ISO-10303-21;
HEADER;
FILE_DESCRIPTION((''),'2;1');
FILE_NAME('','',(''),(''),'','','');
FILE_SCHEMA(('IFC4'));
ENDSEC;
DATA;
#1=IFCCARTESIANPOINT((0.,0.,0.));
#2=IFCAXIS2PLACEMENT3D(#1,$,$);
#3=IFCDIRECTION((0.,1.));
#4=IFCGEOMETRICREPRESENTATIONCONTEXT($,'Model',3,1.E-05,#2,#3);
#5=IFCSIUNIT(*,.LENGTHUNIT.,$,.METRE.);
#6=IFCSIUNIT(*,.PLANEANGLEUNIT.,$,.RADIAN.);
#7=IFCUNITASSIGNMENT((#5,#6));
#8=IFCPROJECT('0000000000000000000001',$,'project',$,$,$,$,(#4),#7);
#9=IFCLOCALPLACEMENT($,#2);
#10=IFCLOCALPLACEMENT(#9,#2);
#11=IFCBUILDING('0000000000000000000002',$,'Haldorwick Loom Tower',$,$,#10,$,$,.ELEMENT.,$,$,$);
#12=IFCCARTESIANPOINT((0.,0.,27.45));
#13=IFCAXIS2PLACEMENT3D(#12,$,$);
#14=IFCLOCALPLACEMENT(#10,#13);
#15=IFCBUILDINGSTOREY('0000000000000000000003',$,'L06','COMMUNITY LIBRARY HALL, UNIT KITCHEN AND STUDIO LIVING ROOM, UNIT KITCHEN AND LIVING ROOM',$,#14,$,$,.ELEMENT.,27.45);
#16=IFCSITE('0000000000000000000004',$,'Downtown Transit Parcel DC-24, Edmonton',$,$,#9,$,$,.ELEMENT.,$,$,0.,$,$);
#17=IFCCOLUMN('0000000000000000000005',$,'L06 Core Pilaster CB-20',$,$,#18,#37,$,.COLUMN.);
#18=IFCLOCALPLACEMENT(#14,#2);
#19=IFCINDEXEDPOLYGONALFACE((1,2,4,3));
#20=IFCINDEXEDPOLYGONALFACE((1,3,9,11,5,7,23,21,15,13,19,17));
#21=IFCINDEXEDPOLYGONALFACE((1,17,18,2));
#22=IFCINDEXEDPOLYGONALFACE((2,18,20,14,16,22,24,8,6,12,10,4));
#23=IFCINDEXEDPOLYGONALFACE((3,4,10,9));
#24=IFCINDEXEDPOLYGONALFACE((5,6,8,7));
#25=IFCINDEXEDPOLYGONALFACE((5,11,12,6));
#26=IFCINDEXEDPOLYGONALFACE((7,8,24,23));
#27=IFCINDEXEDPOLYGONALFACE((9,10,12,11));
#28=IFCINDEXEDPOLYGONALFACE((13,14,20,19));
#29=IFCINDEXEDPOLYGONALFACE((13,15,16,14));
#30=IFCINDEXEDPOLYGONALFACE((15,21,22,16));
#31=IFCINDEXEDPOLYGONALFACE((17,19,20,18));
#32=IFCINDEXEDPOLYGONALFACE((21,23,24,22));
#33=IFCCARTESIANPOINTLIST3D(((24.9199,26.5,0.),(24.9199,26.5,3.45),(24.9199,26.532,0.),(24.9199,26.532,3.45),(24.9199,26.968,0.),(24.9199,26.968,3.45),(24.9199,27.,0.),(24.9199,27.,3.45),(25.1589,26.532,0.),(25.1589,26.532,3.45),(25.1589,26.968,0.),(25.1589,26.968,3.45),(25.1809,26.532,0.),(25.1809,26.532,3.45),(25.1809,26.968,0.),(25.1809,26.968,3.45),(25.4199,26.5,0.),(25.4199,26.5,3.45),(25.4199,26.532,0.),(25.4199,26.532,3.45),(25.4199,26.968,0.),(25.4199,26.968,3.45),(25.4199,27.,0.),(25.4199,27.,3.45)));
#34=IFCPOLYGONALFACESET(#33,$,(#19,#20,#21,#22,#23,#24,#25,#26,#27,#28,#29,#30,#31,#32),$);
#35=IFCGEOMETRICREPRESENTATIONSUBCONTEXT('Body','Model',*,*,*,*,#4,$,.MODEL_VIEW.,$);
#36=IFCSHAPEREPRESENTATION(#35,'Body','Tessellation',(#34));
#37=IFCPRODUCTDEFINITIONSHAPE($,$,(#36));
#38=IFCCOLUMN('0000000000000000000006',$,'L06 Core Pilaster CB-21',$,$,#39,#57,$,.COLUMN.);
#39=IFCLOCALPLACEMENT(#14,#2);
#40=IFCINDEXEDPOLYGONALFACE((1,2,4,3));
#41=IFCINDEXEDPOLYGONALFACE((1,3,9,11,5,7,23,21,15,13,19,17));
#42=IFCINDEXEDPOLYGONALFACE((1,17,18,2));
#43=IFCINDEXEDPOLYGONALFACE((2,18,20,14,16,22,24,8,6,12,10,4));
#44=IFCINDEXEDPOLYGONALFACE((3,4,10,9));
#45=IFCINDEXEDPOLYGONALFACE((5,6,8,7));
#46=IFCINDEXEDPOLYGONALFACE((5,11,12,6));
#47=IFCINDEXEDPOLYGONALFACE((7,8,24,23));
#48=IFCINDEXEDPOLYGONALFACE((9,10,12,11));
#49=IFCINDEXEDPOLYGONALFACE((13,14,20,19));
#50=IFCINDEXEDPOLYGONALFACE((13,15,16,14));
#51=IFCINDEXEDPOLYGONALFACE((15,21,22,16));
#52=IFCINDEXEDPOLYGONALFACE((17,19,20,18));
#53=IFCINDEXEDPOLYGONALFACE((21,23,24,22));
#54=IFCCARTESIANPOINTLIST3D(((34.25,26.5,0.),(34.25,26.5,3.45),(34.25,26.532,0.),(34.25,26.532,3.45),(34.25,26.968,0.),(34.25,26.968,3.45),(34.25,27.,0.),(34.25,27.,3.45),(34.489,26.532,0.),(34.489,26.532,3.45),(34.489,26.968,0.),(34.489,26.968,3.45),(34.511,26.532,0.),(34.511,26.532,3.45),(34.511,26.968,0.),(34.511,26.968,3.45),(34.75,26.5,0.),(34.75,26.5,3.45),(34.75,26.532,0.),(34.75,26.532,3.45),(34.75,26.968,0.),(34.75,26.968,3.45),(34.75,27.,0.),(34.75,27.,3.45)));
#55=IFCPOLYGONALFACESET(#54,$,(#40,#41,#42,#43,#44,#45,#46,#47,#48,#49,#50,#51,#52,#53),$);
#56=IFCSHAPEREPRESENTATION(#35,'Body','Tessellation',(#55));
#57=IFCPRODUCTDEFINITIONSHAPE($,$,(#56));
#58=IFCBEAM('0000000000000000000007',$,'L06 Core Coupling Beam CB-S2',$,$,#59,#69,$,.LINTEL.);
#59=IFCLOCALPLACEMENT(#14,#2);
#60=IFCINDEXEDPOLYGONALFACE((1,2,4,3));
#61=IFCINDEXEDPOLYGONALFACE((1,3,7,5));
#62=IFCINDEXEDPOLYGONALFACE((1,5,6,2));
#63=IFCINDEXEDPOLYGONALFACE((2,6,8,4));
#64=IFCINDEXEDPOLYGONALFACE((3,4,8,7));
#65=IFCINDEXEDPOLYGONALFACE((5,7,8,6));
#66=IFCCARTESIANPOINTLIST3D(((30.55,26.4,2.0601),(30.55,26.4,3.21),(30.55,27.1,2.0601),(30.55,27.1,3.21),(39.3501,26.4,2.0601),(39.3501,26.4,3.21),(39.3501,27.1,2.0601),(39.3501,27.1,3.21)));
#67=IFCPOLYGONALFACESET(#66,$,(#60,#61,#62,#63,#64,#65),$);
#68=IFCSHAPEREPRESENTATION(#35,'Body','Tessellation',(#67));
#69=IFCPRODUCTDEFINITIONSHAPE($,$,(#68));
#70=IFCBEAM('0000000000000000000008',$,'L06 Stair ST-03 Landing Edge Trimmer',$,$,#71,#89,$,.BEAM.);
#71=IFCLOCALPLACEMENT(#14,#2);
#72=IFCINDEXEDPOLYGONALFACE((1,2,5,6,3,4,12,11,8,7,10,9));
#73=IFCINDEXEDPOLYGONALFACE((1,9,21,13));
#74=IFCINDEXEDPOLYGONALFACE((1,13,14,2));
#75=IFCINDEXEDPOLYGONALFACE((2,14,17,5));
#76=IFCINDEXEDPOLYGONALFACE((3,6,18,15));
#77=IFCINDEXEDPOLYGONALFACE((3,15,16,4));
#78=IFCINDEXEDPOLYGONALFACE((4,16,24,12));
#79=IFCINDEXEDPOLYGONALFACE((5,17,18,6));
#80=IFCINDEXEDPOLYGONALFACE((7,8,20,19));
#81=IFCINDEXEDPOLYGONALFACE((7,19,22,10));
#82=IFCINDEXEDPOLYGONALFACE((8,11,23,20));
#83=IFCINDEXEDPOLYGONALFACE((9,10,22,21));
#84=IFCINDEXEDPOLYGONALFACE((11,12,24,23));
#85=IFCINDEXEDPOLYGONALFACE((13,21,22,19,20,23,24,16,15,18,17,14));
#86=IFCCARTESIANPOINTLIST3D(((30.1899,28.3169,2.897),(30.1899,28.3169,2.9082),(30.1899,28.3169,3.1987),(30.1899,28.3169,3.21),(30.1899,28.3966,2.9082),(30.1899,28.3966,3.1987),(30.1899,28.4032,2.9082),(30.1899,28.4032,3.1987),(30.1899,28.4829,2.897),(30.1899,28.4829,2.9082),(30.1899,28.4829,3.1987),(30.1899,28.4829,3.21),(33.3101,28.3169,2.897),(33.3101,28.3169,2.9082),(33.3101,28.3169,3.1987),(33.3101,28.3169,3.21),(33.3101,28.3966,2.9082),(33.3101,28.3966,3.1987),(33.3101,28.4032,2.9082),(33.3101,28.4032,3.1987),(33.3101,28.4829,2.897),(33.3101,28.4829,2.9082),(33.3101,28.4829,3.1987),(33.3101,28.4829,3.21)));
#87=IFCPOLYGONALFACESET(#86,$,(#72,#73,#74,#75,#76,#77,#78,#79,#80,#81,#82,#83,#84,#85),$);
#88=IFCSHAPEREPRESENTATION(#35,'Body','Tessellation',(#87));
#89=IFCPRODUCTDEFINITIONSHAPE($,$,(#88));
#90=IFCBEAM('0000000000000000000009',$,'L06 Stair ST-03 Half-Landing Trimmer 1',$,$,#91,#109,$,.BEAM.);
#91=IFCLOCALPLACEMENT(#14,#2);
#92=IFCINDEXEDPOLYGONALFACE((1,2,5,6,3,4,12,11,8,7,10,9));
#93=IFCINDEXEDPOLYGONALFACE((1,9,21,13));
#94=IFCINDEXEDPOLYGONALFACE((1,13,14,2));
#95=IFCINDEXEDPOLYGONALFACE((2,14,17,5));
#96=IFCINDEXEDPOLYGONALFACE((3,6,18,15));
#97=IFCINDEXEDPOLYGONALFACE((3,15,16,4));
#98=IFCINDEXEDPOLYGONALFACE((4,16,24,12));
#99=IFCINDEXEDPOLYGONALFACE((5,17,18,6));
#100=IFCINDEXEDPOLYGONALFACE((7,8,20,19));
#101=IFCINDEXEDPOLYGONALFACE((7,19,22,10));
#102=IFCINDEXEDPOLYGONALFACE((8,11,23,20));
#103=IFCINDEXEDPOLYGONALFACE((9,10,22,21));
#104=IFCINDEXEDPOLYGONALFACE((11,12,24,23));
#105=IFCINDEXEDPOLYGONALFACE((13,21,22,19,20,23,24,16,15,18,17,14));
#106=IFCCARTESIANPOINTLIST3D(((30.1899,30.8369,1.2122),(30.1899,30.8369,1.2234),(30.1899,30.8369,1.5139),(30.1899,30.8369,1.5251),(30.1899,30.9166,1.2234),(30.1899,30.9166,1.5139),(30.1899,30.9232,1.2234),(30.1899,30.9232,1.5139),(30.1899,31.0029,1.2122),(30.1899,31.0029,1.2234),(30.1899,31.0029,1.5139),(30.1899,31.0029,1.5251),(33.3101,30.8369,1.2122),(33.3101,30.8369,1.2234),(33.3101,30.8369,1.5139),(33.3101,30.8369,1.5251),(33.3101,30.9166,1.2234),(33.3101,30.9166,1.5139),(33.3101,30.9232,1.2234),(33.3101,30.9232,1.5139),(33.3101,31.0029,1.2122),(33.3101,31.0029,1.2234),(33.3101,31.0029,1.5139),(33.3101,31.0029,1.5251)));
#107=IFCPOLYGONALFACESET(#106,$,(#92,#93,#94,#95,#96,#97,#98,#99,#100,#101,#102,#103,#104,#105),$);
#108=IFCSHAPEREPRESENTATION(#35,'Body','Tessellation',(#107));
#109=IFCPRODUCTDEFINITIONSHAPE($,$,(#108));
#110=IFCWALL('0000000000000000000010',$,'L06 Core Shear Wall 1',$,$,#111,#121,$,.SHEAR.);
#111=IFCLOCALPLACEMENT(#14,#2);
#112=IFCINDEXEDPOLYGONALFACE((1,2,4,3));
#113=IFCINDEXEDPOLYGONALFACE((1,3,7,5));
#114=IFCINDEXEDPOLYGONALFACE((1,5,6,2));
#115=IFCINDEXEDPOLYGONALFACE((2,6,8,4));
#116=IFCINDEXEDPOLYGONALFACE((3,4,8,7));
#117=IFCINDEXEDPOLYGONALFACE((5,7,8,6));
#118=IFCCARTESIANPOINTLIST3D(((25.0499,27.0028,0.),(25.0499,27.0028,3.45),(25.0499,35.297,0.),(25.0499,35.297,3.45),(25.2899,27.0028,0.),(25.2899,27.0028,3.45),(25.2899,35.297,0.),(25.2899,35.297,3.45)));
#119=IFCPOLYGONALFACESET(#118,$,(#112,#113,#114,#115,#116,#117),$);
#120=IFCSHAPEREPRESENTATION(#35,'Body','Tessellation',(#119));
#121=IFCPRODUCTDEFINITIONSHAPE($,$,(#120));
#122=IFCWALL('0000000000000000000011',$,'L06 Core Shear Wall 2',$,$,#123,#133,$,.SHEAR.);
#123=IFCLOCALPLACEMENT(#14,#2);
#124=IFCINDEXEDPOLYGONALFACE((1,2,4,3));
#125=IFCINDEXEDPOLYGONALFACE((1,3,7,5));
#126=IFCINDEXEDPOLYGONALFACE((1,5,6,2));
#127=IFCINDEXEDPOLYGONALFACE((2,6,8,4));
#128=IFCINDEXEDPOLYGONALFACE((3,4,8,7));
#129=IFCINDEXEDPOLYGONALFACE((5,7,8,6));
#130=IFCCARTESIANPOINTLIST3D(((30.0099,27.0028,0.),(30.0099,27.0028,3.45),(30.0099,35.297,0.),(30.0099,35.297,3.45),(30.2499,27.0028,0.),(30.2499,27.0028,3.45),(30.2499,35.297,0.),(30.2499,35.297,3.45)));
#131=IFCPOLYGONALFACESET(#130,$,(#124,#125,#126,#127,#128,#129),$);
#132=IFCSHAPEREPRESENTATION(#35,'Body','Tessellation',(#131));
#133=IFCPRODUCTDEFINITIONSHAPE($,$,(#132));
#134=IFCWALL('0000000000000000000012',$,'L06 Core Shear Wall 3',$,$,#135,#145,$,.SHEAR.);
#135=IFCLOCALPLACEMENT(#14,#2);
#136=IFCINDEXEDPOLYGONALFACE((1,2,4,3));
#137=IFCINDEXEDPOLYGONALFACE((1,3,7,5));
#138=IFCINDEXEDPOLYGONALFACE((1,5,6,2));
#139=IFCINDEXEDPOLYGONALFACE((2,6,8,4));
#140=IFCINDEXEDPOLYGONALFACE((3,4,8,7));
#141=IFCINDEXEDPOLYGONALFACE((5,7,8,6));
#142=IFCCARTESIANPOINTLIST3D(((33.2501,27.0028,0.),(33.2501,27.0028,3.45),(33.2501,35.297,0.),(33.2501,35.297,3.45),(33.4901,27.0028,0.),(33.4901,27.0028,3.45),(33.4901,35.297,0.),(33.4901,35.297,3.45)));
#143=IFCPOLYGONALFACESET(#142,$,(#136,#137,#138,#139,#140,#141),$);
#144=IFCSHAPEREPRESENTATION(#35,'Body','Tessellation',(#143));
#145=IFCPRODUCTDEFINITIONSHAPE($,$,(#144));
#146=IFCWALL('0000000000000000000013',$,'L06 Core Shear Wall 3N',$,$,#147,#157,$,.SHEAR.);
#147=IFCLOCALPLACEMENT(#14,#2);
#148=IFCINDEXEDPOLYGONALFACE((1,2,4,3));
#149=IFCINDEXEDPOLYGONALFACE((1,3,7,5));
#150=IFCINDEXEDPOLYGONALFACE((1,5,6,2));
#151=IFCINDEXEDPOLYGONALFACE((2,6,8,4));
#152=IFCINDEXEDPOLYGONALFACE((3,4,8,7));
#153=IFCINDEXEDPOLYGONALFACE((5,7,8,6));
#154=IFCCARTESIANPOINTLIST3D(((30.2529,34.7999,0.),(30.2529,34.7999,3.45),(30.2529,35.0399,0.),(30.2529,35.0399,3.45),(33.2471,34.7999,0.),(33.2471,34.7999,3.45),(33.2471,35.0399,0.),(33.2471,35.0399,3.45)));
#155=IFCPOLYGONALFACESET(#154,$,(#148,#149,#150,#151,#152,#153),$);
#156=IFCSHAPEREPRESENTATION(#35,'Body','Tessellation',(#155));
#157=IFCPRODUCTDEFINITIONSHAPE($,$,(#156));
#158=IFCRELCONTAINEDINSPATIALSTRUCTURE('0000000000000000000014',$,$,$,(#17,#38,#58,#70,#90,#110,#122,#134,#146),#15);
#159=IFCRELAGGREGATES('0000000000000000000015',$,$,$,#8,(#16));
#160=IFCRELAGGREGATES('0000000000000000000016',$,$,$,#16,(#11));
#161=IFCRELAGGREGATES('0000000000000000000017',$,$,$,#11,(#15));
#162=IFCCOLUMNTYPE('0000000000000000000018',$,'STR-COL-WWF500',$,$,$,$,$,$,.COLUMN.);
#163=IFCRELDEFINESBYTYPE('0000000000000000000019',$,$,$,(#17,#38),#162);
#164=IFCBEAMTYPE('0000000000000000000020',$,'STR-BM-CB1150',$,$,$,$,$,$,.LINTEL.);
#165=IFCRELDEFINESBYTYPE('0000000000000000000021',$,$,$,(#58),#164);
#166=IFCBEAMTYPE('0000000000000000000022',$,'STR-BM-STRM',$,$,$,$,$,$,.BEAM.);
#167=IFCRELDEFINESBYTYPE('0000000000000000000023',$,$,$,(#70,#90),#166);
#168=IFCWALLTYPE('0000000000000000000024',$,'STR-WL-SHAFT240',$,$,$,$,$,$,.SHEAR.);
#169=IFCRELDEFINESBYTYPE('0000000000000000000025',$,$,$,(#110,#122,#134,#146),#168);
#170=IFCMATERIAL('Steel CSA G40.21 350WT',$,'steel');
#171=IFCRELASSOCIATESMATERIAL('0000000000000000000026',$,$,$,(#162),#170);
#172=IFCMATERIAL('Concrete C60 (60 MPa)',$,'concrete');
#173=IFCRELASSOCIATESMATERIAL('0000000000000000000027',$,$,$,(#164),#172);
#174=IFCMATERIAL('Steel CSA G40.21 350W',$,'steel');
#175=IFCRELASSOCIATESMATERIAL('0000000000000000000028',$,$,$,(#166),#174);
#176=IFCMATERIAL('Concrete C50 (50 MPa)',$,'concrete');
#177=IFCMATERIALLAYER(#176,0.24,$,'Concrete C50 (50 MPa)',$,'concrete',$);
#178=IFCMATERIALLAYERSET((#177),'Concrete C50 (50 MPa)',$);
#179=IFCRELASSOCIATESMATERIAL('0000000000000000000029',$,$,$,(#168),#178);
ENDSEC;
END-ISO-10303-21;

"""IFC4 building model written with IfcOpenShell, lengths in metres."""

from ifc_helpers import new_model, si_unit, direction, frame, frame_2d, origin, origin_2d, place, context, subcontext, project, spatial, rectangle, i_section, extrude, material, layer, layer_set, material_profile, profile_set, type_object, element, save


model = new_model("IFC4")

# Units and contexts
model_context = context("Model", 3, precision=1e-05, world=origin(), true_north=direction((0.0, 1.0)))
body_context = subcontext(model_context, "Body", "Model", "MODEL_VIEW")
ifc_project = project(units=[si_unit("LENGTHUNIT", "METRE"), si_unit("PLANEANGLEUNIT", "RADIAN")], contexts=[model_context])

# Site, building, storey
site_placement = place(None, origin())
site = spatial("IfcSite", under=ifc_project, at=site_placement, Name="Downtown Transit Parcel DC-24, Edmonton", CompositionType="ELEMENT", RefElevation=0.0)
building_placement = place(site_placement, origin())
building = spatial("IfcBuilding", under=site, at=building_placement, Name="Haldorwick Loom Tower", CompositionType="ELEMENT")
storey_placement = place(building_placement, frame((0.0, 0.0, 27.45)))
storey = spatial("IfcBuildingStorey", under=building, at=storey_placement, Name="L06", Description="COMMUNITY LIBRARY HALL, UNIT KITCHEN AND STUDIO LIVING ROOM, UNIT KITCHEN AND LIVING ROOM", CompositionType="ELEMENT", Elevation=27.45)

# Columns
ifc_material_1 = material(Name="Steel CSA G40.21 350WT", Category="steel")
ifc_material_profile_1 = material_profile(ifc_material_1, i_section(OverallWidth=0.5, OverallDepth=0.5, WebThickness=0.022, FlangeThickness=0.032, at=origin_2d()), Name="WWF500X500", Category="steel")
ifc_profile_set_1 = profile_set([ifc_material_profile_1], Name="Steel CSA G40.21 350WT")
column_type = type_object("IfcColumnType", Name="STR-COL-WWF500", PredefinedType="COLUMN", material=ifc_profile_set_1)
for number, where, z_axis, x_axis, name in (
    (1, (25.1699, 26.75, 0.0), (0.0, 0.0, 1.0), (1.0, 0.0, 0.0), "L06 Core Pilaster CB-20"),
    (2, (34.5, 26.75, 0.0), (0.0, 0.0, 1.0), (1.0, 0.0, 0.0), "L06 Core Pilaster CB-21"),
):
    element("IfcColumn", number, at=place(storey_placement, frame(where, z_axis=z_axis, x_axis=x_axis)), inside=storey, type_object=column_type, Name=name, PredefinedType="COLUMN", context=body_context, shape_type="SweptSolid", body=[
        extrude(i_section(OverallWidth=0.5, OverallDepth=0.5, WebThickness=0.022, FlangeThickness=0.032, at=origin_2d()), origin(), (0.0, 0.0, 1.0), 3.45),
    ])

# Beams
ifc_material_2 = material(Name="Concrete C60 (60 MPa)", Category="concrete")
ifc_material_profile_2 = material_profile(ifc_material_2, rectangle(XDim=0.7, YDim=1.1499, at=origin_2d()), Name="RC700X1150", Category="concrete")
ifc_profile_set_2 = profile_set([ifc_material_profile_2], Name="Concrete C60 (60 MPa)")
beam_type_1 = type_object("IfcBeamType", Name="STR-BM-CB1150", PredefinedType="LINTEL", material=ifc_profile_set_2)
beam_placement = place(storey_placement, frame((30.55, 26.75, 2.635), z_axis=(1.0, 0.0, 0.0), x_axis=(0.0, 1.0, 0.0)))
element("IfcBeam", 3, at=beam_placement, inside=storey, type_object=beam_type_1, Name="L06 Core Coupling Beam CB-S2", PredefinedType="LINTEL", context=body_context, shape_type="SweptSolid", body=[
    extrude(rectangle(XDim=0.7, YDim=1.1499, at=origin_2d()), origin(), (0.0, 0.0, 1.0), 8.8),
])
ifc_material_3 = material(Name="Steel CSA G40.21 350W", Category="steel")
ifc_material_profile_3 = material_profile(ifc_material_3, i_section(OverallWidth=0.166, OverallDepth=0.313, WebThickness=0.0066, FlangeThickness=0.0112, at=origin_2d()), Name="W310X45", Category="steel")
ifc_profile_set_3 = profile_set([ifc_material_profile_3], Name="Steel CSA G40.21 350W")
beam_type_2 = type_object("IfcBeamType", Name="STR-BM-STRM", PredefinedType="BEAM", material=ifc_profile_set_3)
for number, where, z_axis, x_axis, name in (
    (4, (30.1899, 28.3999, 3.0535), (1.0, 0.0, 0.0), (0.0, 1.0, 0.0), "L06 Stair ST-03 Landing Edge Trimmer"),
    (5, (30.1899, 30.9199, 1.3687), (1.0, 0.0, 0.0), (0.0, 1.0, 0.0), "L06 Stair ST-03 Half-Landing Trimmer 1"),
):
    element("IfcBeam", number, at=place(storey_placement, frame(where, z_axis=z_axis, x_axis=x_axis)), inside=storey, type_object=beam_type_2, Name=name, PredefinedType="BEAM", context=body_context, shape_type="SweptSolid", body=[
        extrude(i_section(OverallWidth=0.166, OverallDepth=0.313, WebThickness=0.0066, FlangeThickness=0.0112, at=origin_2d()), origin(), (0.0, 0.0, 1.0), 3.1201),
    ])

# Walls
ifc_material_4 = material(Name="Concrete C50 (50 MPa)", Category="concrete")
ifc_layer = layer(ifc_material_4, 0.24, Name="Concrete C50 (50 MPa)", Category="concrete")
ifc_layer_set = layer_set([ifc_layer], Name="Concrete C50 (50 MPa)")
wall_type = type_object("IfcWallType", Name="STR-WL-SHAFT240", PredefinedType="SHEAR", material=ifc_layer_set)
for number, where, z_axis, x_axis, name in (
    (6, (25.1699, 27.0029, 0.0), (0.0, 0.0, 1.0), (0.0, 1.0, 0.0), "L06 Core Shear Wall 1"),
    (7, (30.1299, 27.0029, 0.0), (0.0, 0.0, 1.0), (0.0, 1.0, 0.0), "L06 Core Shear Wall 2"),
    (8, (33.3701, 27.0029, 0.0), (0.0, 0.0, 1.0), (0.0, 1.0, 0.0), "L06 Core Shear Wall 3"),
):
    element("IfcWall", number, at=place(storey_placement, frame(where, z_axis=z_axis, x_axis=x_axis)), inside=storey, type_object=wall_type, Name=name, PredefinedType="SHEAR", context=body_context, shape_type="SweptSolid", body=[
        extrude(rectangle(XDim=8.2942, YDim=0.24, at=frame_2d((4.147, 0.0))), origin(), (0.0, 0.0, 1.0), 3.45),
    ])
wall_1_placement = place(storey_placement, frame((30.2529, 34.9199, 0.0), z_axis=(0.0, 0.0, 1.0), x_axis=(1.0, 0.0, 0.0)))
element("IfcWall", 9, at=wall_1_placement, inside=storey, type_object=wall_type, Name="L06 Core Shear Wall 3N", PredefinedType="SHEAR", context=body_context, shape_type="SweptSolid", body=[
    extrude(rectangle(XDim=2.9941, YDim=0.24, at=frame_2d((1.4971, 0.0))), origin(), (0.0, 0.0, 1.0), 3.45),
])

save(model, "model.ifc")
